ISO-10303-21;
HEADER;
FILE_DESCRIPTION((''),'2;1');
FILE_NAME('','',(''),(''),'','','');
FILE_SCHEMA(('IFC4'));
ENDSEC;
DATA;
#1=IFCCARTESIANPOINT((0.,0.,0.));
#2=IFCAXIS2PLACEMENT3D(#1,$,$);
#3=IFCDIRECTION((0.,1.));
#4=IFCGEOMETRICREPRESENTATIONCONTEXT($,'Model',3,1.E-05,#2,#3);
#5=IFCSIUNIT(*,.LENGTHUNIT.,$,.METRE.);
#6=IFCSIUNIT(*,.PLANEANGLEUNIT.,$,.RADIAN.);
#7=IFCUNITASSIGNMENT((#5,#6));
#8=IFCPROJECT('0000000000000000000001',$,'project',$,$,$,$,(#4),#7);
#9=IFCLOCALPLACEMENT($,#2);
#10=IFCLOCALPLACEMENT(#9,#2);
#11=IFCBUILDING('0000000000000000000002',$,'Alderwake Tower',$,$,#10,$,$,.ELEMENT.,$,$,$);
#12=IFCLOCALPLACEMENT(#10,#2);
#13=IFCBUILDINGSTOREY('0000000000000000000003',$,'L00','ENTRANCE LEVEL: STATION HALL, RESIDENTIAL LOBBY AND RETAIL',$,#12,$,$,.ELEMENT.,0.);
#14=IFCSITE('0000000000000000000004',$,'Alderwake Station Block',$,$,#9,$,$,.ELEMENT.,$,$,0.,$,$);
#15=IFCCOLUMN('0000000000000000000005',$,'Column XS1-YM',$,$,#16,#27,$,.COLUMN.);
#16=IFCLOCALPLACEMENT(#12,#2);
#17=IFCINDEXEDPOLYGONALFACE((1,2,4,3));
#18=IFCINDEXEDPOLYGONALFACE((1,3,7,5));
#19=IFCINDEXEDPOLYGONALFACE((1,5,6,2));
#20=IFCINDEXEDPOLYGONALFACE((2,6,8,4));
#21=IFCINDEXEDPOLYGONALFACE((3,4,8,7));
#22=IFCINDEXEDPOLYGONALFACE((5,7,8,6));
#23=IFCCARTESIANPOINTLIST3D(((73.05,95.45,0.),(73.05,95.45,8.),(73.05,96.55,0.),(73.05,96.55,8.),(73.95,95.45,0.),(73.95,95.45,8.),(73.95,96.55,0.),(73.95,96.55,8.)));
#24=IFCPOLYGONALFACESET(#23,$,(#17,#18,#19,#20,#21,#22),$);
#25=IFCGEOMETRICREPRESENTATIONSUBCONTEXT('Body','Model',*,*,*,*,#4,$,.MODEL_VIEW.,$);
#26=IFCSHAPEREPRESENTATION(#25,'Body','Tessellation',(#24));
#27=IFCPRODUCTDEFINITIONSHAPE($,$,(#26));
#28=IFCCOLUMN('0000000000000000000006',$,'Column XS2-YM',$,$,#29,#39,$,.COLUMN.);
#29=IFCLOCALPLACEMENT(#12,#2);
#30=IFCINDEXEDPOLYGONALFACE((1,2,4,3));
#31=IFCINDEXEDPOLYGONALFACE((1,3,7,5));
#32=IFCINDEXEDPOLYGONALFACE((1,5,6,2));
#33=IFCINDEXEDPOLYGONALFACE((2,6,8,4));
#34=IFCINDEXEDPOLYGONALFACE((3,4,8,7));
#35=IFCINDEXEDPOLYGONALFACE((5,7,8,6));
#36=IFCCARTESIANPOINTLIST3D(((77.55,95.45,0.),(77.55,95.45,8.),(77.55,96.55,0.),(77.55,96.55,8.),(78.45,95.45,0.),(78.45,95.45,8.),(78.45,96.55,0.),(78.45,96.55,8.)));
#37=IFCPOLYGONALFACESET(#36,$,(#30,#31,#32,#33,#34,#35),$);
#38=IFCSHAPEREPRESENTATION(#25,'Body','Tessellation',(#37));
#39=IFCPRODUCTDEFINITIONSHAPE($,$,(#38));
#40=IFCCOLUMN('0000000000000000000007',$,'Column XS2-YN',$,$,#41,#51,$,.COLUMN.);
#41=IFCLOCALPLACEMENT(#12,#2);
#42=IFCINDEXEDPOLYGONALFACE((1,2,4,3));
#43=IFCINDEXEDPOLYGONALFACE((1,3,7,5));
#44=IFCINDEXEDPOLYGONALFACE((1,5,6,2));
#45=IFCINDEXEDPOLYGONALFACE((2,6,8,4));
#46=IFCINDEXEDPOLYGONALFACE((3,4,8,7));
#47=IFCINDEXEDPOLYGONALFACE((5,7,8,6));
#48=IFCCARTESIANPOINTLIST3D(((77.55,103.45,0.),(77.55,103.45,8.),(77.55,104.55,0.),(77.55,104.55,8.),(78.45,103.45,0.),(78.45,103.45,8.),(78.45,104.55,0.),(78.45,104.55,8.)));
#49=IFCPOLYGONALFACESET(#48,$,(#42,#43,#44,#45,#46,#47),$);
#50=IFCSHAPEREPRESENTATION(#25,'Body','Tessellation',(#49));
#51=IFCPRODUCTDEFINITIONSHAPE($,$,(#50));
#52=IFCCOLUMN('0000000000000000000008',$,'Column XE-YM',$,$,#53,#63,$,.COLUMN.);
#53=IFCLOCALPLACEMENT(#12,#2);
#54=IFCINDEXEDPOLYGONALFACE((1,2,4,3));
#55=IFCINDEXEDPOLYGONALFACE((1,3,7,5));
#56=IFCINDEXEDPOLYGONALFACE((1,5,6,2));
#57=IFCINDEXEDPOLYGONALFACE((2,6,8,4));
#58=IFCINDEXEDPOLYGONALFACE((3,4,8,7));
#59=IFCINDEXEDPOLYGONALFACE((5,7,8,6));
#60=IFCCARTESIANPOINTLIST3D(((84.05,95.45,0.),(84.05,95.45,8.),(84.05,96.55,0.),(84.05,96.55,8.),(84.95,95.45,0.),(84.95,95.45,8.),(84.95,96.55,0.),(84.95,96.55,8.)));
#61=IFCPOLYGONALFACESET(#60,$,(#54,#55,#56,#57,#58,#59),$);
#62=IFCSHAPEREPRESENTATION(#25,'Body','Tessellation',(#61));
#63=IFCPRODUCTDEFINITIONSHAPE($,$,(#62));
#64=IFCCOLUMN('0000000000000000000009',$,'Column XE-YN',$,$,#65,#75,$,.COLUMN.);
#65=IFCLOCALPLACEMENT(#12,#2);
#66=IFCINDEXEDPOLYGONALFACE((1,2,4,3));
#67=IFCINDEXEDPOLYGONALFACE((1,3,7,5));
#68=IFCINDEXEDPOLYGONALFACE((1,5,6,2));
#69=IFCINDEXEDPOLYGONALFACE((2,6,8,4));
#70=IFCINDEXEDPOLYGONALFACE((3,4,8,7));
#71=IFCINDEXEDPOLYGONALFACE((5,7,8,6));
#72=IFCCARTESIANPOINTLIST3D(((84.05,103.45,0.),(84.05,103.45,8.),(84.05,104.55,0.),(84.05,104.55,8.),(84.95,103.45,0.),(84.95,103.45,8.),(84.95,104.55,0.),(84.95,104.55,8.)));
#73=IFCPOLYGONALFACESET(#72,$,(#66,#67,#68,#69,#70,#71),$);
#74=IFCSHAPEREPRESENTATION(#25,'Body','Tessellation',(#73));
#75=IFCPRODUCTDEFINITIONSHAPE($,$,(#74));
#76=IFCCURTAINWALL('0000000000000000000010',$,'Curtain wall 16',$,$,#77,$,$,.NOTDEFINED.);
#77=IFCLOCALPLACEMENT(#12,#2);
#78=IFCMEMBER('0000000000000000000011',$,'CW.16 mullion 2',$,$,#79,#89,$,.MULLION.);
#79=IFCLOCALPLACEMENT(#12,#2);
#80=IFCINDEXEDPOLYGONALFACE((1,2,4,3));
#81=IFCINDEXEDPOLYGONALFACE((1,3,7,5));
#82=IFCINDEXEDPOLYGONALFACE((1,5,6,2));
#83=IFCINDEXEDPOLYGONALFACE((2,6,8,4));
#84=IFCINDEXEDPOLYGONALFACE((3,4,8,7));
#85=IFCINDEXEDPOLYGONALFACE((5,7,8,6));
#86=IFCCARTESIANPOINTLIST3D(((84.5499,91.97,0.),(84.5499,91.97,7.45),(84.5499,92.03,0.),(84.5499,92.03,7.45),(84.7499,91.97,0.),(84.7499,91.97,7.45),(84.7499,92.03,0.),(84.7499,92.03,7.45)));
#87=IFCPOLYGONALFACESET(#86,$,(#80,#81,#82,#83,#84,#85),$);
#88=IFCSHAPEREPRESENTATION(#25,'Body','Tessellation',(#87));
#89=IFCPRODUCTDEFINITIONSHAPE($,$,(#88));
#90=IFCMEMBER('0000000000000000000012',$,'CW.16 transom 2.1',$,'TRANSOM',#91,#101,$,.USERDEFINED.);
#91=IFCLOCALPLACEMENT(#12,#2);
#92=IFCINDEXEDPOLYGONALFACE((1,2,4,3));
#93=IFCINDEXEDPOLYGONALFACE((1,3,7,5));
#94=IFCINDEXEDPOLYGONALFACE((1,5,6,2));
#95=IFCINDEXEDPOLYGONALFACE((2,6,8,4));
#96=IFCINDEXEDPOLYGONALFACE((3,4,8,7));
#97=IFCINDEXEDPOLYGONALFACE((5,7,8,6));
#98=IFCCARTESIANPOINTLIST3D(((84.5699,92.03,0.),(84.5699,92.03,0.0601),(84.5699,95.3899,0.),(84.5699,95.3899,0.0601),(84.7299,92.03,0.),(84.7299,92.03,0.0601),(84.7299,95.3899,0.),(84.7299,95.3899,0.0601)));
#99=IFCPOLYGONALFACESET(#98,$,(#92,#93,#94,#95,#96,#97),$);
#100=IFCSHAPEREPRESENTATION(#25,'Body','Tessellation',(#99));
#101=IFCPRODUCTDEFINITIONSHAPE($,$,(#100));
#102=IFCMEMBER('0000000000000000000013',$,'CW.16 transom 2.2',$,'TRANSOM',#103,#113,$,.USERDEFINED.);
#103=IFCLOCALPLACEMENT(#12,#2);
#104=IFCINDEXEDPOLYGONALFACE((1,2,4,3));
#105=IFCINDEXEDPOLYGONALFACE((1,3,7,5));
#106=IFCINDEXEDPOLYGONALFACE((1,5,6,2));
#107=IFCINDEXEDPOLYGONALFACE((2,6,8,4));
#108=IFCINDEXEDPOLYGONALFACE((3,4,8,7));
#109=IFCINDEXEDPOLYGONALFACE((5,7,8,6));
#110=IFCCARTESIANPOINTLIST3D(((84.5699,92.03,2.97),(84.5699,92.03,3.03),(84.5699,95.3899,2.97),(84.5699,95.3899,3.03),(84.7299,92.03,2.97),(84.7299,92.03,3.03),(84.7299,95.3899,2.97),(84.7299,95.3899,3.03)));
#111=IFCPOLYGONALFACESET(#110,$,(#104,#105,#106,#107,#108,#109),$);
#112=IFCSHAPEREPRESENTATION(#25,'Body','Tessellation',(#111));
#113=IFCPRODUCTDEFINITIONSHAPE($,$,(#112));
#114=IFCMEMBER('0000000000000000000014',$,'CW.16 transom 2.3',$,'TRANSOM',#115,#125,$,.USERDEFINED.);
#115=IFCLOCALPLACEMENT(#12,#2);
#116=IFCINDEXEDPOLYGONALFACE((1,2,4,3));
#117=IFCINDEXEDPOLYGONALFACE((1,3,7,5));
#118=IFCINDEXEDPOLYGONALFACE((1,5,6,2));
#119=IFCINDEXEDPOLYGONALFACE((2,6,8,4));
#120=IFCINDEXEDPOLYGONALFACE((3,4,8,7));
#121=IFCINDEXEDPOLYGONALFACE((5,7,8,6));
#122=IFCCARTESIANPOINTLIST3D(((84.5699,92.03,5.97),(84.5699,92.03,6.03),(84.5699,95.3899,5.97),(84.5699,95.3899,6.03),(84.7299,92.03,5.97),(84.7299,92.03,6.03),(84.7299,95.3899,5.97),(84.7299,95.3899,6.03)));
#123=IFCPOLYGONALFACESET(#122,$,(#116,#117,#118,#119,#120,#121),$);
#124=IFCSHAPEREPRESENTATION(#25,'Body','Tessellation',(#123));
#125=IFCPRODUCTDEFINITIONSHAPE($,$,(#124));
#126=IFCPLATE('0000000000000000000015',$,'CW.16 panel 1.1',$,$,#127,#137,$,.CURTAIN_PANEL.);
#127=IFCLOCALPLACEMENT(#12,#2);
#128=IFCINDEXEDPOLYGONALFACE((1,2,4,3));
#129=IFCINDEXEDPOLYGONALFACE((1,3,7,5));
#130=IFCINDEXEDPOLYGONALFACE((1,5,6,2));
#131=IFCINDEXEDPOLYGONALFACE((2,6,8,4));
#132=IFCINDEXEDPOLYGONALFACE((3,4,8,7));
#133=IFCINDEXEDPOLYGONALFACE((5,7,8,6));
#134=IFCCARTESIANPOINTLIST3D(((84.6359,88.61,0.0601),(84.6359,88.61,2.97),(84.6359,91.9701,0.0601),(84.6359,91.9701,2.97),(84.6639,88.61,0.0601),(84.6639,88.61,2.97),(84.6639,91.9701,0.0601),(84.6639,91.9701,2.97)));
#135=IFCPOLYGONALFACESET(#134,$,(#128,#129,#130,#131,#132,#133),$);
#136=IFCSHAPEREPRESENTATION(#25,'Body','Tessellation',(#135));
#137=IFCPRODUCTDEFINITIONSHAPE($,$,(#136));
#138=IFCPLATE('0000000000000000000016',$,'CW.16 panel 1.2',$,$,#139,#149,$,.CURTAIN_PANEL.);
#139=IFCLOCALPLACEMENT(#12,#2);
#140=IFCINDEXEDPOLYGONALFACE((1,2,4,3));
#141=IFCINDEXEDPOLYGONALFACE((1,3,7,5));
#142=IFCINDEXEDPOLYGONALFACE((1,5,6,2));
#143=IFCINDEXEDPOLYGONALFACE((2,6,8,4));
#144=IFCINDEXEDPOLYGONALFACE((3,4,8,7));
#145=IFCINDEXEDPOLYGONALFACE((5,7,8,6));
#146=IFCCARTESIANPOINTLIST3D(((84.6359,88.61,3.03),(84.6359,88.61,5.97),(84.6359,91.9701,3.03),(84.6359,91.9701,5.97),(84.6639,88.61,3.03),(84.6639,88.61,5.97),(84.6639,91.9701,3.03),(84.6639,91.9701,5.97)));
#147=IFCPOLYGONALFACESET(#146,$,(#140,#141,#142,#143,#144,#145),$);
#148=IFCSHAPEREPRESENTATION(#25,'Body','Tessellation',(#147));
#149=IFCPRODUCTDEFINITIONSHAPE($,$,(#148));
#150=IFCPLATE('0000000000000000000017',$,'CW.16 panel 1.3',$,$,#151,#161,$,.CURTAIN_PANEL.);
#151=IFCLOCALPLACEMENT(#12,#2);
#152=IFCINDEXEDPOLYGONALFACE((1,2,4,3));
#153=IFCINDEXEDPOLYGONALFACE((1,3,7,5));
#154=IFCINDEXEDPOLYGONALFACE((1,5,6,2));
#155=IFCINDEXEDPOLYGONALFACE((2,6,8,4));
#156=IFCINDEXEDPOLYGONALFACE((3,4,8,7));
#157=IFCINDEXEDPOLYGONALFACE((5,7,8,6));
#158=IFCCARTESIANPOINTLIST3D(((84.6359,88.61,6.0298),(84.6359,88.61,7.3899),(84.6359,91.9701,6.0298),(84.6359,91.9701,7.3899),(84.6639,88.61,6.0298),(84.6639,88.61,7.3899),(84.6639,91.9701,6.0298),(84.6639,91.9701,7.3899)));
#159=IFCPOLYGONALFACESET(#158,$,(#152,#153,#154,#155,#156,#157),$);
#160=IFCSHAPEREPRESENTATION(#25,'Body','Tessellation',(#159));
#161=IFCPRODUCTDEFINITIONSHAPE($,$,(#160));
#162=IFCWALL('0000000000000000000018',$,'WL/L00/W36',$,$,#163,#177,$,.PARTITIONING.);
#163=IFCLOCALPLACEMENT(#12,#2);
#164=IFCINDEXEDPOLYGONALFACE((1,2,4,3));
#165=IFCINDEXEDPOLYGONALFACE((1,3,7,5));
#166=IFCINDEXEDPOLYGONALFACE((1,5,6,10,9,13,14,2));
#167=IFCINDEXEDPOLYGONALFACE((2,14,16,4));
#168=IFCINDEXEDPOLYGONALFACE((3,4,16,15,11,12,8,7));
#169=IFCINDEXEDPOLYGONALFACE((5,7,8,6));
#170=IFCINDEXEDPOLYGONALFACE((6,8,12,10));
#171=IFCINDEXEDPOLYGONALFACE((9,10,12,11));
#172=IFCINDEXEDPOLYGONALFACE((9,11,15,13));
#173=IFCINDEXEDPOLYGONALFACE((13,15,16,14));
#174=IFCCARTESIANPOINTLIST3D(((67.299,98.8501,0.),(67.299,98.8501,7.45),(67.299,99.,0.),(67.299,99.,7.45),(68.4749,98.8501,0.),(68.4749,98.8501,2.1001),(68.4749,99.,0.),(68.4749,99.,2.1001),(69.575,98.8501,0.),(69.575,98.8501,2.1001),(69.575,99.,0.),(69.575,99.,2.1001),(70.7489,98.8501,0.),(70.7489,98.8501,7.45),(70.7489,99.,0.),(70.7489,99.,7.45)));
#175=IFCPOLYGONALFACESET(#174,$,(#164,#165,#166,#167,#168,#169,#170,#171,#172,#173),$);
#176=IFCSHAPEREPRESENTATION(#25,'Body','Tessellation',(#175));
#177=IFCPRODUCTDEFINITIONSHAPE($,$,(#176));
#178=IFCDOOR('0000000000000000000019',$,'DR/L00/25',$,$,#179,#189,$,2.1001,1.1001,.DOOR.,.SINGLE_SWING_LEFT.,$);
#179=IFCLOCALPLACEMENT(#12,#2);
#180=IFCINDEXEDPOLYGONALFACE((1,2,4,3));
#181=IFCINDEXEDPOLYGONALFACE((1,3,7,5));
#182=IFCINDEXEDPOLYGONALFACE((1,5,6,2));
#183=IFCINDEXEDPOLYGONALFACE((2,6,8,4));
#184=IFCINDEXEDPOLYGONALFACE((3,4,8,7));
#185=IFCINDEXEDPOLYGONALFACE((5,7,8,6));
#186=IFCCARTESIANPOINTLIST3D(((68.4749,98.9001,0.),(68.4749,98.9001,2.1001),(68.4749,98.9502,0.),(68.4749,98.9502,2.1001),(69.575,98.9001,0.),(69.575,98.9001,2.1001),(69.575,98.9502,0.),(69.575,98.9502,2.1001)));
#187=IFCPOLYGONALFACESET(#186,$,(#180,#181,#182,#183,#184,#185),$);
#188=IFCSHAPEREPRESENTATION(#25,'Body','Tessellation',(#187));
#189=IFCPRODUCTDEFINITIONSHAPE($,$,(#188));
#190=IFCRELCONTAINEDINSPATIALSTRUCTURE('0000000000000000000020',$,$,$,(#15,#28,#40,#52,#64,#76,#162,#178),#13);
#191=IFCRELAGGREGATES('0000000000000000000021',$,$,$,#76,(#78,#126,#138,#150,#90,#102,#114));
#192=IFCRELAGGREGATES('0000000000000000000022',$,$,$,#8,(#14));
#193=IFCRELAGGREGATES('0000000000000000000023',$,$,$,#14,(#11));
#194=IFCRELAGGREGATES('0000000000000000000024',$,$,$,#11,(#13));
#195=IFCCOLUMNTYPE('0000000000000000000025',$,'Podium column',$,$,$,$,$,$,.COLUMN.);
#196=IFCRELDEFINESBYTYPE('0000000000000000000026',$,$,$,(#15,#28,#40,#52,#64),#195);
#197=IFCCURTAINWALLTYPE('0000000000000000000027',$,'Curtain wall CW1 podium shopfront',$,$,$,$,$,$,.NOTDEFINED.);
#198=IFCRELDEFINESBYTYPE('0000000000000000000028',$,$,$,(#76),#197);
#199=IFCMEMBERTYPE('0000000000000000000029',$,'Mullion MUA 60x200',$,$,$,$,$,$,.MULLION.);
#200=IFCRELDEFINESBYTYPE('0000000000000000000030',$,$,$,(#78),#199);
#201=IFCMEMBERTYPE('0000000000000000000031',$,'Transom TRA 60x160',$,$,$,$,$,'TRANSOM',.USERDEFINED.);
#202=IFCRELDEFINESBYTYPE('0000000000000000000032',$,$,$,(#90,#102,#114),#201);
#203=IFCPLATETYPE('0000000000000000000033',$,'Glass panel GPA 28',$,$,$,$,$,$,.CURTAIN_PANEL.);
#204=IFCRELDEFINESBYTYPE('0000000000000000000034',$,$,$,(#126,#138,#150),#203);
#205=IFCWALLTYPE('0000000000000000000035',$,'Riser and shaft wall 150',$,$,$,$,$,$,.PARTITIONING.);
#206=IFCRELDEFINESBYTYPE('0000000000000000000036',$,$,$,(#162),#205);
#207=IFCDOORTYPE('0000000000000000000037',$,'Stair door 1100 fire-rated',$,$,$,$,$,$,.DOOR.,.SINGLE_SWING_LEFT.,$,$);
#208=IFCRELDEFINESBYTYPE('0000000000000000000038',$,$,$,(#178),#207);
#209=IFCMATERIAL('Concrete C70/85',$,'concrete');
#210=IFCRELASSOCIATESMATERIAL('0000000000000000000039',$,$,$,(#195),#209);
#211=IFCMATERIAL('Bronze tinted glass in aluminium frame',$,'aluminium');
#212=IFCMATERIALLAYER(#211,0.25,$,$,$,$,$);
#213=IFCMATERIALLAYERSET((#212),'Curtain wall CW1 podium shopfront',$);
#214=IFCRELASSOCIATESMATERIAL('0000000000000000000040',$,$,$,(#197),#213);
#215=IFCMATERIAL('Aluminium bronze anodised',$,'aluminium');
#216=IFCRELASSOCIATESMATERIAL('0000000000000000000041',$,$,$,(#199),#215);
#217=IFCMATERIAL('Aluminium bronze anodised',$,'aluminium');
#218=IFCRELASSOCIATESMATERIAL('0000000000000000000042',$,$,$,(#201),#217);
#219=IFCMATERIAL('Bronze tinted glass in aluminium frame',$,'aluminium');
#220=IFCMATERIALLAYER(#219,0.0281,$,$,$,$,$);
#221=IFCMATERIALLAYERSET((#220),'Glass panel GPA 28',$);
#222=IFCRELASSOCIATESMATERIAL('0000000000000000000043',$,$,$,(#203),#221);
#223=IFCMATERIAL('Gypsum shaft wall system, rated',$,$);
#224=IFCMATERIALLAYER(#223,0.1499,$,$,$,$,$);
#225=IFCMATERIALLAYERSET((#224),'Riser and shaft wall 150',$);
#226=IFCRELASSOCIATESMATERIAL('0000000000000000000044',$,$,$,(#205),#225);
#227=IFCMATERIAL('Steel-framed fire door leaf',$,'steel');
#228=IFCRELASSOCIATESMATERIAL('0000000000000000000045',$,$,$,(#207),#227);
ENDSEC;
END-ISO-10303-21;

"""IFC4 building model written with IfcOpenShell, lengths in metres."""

from ifc_helpers import new_model, si_unit, direction, frame, frame_2d, origin, origin_2d, place, context, subcontext, project, spatial, rectangle, extrude, material, layer, layer_set, material_profile, profile_set, type_object, element, fill, aggregate, save


model = new_model("IFC4")

# Units and contexts
model_context = context("Model", 3, precision=1e-05, world=origin(), true_north=direction((0.0, 1.0)))
body_context = subcontext(model_context, "Body", "Model", "MODEL_VIEW")
ifc_project = project(units=[si_unit("LENGTHUNIT", "METRE"), si_unit("PLANEANGLEUNIT", "RADIAN")], contexts=[model_context])

# Site, building, storey
site_placement = place(None, origin())
site = spatial("IfcSite", under=ifc_project, at=site_placement, Name="Alderwake Station Block", CompositionType="ELEMENT", RefElevation=0.0)
building_placement = place(site_placement, origin())
building = spatial("IfcBuilding", under=site, at=building_placement, Name="Alderwake Tower", CompositionType="ELEMENT")
storey_placement = place(building_placement, origin())
storey = spatial("IfcBuildingStorey", under=building, at=storey_placement, Name="L00", Description="ENTRANCE LEVEL: STATION HALL, RESIDENTIAL LOBBY AND RETAIL", CompositionType="ELEMENT", Elevation=0.0)

# Columns
ifc_material_1 = material(Name="Concrete C70/85", Category="concrete")
ifc_material_profile_1 = material_profile(ifc_material_1, rectangle(XDim=0.8999, YDim=1.1001, at=origin_2d()), Name="RC 1100X900")
ifc_profile_set_1 = profile_set([ifc_material_profile_1], Name="Concrete C70/85")
column_type = type_object("IfcColumnType", Name="Podium column", PredefinedType="COLUMN", material=ifc_profile_set_1)
for number, where, z_axis, x_axis, name in (
    (1, (73.5, 96.0, 0.0), (0.0, 0.0, 1.0), (1.0, 0.0, 0.0), "Column XS1-YM"),
    (2, (78.0, 96.0, 0.0), (0.0, 0.0, 1.0), (1.0, 0.0, 0.0), "Column XS2-YM"),
    (3, (78.0, 104.0, 0.0), (0.0, 0.0, 1.0), (1.0, 0.0, 0.0), "Column XS2-YN"),
    (4, (84.5, 96.0, 0.0), (0.0, 0.0, 1.0), (1.0, 0.0, 0.0), "Column XE-YM"),
    (5, (84.5, 104.0, 0.0), (0.0, 0.0, 1.0), (1.0, 0.0, 0.0), "Column XE-YN"),
):
    element("IfcColumn", number, at=place(storey_placement, frame(where, z_axis=z_axis, x_axis=x_axis)), inside=storey, type_object=column_type, Name=name, PredefinedType="COLUMN", context=body_context, shape_type="SweptSolid", body=[
        extrude(rectangle(XDim=0.8999, YDim=1.1001, at=origin_2d()), origin(), (0.0, 0.0, 1.0), 8.0),
    ])

# Curtain wall, members, plates
ifc_material_2 = material(Name="Bronze tinted glass in aluminium frame", Category="aluminium")
ifc_layer_1 = layer(ifc_material_2, 0.25)
ifc_layer_set_1 = layer_set([ifc_layer_1], Name="Curtain wall CW1 podium shopfront")
curtain_wall_type = type_object("IfcCurtainWallType", Name="Curtain wall CW1 podium shopfront", PredefinedType="NOTDEFINED", material=ifc_layer_set_1)
curtain_wall_placement = place(storey_placement, origin())
curtain_wall = element("IfcCurtainWall", 6, at=curtain_wall_placement, inside=storey, type_object=curtain_wall_type, Name="Curtain wall 16", PredefinedType="NOTDEFINED")
ifc_material_3 = material(Name="Aluminium bronze anodised", Category="aluminium")
ifc_material_profile_2 = material_profile(ifc_material_3, rectangle(XDim=0.2, YDim=0.0601, at=origin_2d()), Name="Mullion MUA 60x200")
ifc_profile_set_2 = profile_set([ifc_material_profile_2], Name="Aluminium bronze anodised")
member_type_1 = type_object("IfcMemberType", Name="Mullion MUA 60x200", PredefinedType="MULLION", material=ifc_profile_set_2)
member_1_placement = place(storey_placement, frame((84.6499, 92.0, 0.0), z_axis=(0.0, 0.0, 1.0), x_axis=(-1.0, 0.0, 0.0)))
member_1 = element("IfcMember", 7, at=member_1_placement, type_object=member_type_1, Name="CW.16 mullion 2", PredefinedType="MULLION", context=body_context, shape_type="SweptSolid", body=[
    extrude(rectangle(XDim=0.2, YDim=0.0601, at=origin_2d()), origin(), (0.0, 0.0, 1.0), 7.45),
])
ifc_material_4 = material(Name="Aluminium bronze anodised", Category="aluminium")
ifc_material_profile_3 = material_profile(ifc_material_4, rectangle(XDim=0.1599, YDim=0.0601, at=origin_2d()), Name="Transom TRA 60x160")
ifc_profile_set_3 = profile_set([ifc_material_profile_3], Name="Aluminium bronze anodised")
member_type_2 = type_object("IfcMemberType", Name="Transom TRA 60x160", ElementType="TRANSOM", PredefinedType="USERDEFINED", material=ifc_profile_set_3)
member_2_placement = place(storey_placement, frame((84.6499, 92.03, 0.03), z_axis=(0.0, 1.0, 0.0), x_axis=(-1.0, 0.0, 0.0)))
member_2 = element("IfcMember", 8, at=member_2_placement, type_object=member_type_2, Name="CW.16 transom 2.1", ObjectType="TRANSOM", PredefinedType="USERDEFINED", context=body_context, shape_type="SweptSolid", body=[
    extrude(rectangle(XDim=0.1599, YDim=0.0601, at=origin_2d()), origin(), (0.0, 0.0, 1.0), 3.3599),
])
member_3_placement = place(storey_placement, frame((84.6499, 92.03, 3.0), z_axis=(0.0, 1.0, 0.0), x_axis=(-1.0, 0.0, 0.0)))
member_3 = element("IfcMember", 9, at=member_3_placement, type_object=member_type_2, Name="CW.16 transom 2.2", ObjectType="TRANSOM", PredefinedType="USERDEFINED", context=body_context, shape_type="SweptSolid", body=[
    extrude(rectangle(XDim=0.1599, YDim=0.0601, at=origin_2d()), origin(), (0.0, 0.0, 1.0), 3.3599),
])
member_4_placement = place(storey_placement, frame((84.6499, 92.03, 6.0), z_axis=(0.0, 1.0, 0.0), x_axis=(-1.0, 0.0, 0.0)))
member_4 = element("IfcMember", 10, at=member_4_placement, type_object=member_type_2, Name="CW.16 transom 2.3", ObjectType="TRANSOM", PredefinedType="USERDEFINED", context=body_context, shape_type="SweptSolid", body=[
    extrude(rectangle(XDim=0.1599, YDim=0.0601, at=origin_2d()), origin(), (0.0, 0.0, 1.0), 3.3599),
])
ifc_material_5 = material(Name="Bronze tinted glass in aluminium frame", Category="aluminium")
ifc_layer_2 = layer(ifc_material_5, 0.0281)
ifc_layer_set_2 = layer_set([ifc_layer_2], Name="Glass panel GPA 28")
plate_type = type_object("IfcPlateType", Name="Glass panel GPA 28", PredefinedType="CURTAIN_PANEL", material=ifc_layer_set_2)
plate_1_placement = place(storey_placement, frame((84.6499, 90.29, 0.0601), z_axis=(0.0, 0.0, 1.0), x_axis=(0.0, 1.0, 0.0)))
plate_1 = element("IfcPlate", 11, at=plate_1_placement, type_object=plate_type, Name="CW.16 panel 1.1", PredefinedType="CURTAIN_PANEL", context=body_context, shape_type="SweptSolid", body=[
    extrude(rectangle(XDim=3.3601, YDim=0.0281, at=origin_2d()), origin(), (0.0, 0.0, 1.0), 2.9099),
])
plate_2_placement = place(storey_placement, frame((84.6499, 90.29, 3.03), z_axis=(0.0, 0.0, 1.0), x_axis=(0.0, 1.0, 0.0)))
plate_2 = element("IfcPlate", 12, at=plate_2_placement, type_object=plate_type, Name="CW.16 panel 1.2", PredefinedType="CURTAIN_PANEL", context=body_context, shape_type="SweptSolid", body=[
    extrude(rectangle(XDim=3.3601, YDim=0.0281, at=origin_2d()), origin(), (0.0, 0.0, 1.0), 2.9399),
])
plate_3_placement = place(storey_placement, frame((84.6499, 90.29, 6.0298), z_axis=(0.0, 0.0, 1.0), x_axis=(0.0, 1.0, 0.0)))
plate_3 = element("IfcPlate", 13, at=plate_3_placement, type_object=plate_type, Name="CW.16 panel 1.3", PredefinedType="CURTAIN_PANEL", context=body_context, shape_type="SweptSolid", body=[
    extrude(rectangle(XDim=3.3601, YDim=0.0281, at=origin_2d()), origin(), (0.0, 0.0, 1.0), 1.3601),
])
aggregate(curtain_wall, [member_1, plate_1, plate_2, plate_3, member_2, member_3, member_4])

# Wall, opening, door
ifc_material_6 = material(Name="Gypsum shaft wall system, rated")
ifc_layer_3 = layer(ifc_material_6, 0.1499)
ifc_layer_set_3 = layer_set([ifc_layer_3], Name="Riser and shaft wall 150")
wall_type_1 = type_object("IfcWallType", Name="Riser and shaft wall 150", PredefinedType="PARTITIONING", material=ifc_layer_set_3)
wall_1_placement = place(storey_placement, frame((70.749, 98.925, 0.0), z_axis=(0.0, 0.0, 1.0), x_axis=(-1.0, 0.0, 0.0)))
wall_1 = element("IfcWall", 14, at=wall_1_placement, inside=storey, type_object=wall_type_1, Name="WL/L00/W36", PredefinedType="PARTITIONING", context=body_context, shape_type="SweptSolid", body=[
    extrude(rectangle(XDim=3.45, YDim=0.1499, at=frame_2d((1.7251, 0.0))), origin(), (0.0, 0.0, 1.0), 7.45),
])
opening_1_placement = place(wall_1_placement, frame((1.1741, 0.0, 0.0)))
opening_1 = element("IfcOpeningElement", 15, at=opening_1_placement, cuts=wall_1, PredefinedType="OPENING", context=body_context, shape_type="SweptSolid", body=[
    extrude(rectangle(XDim=1.1001, YDim=2.1001, at=frame_2d((0.55, 1.05))), frame((0.0, 0.085, 0.0), z_axis=(0.0, -1.0, 0.0), x_axis=(1.0, 0.0, 0.0)), (0.0, 0.0, 1.0), 0.1699),
])
ifc_material_7 = material(Name="Steel-framed fire door leaf", Category="steel")
door_type = type_object("IfcDoorType", Name="Stair door 1100 fire-rated", OperationType="SINGLE_SWING_LEFT", PredefinedType="DOOR", material=ifc_material_7)
door_1_placement = place(opening_1_placement, origin())
door_1 = element("IfcDoor", 16, at=door_1_placement, inside=storey, type_object=door_type, Name="DR/L00/25", OperationType="SINGLE_SWING_LEFT", OverallHeight=2.1001, OverallWidth=1.1001, PredefinedType="DOOR", context=body_context, shape_type="SweptSolid", body=[
    extrude(rectangle(XDim=1.1001, YDim=2.1001, at=frame_2d((0.55, 1.05))), frame((0.0, 0.0249, 0.0), z_axis=(0.0, -1.0, 0.0), x_axis=(1.0, 0.0, 0.0)), (0.0, 0.0, 1.0), 0.05),
])
fill(opening_1, door_1)

save(model, "model.ifc")
